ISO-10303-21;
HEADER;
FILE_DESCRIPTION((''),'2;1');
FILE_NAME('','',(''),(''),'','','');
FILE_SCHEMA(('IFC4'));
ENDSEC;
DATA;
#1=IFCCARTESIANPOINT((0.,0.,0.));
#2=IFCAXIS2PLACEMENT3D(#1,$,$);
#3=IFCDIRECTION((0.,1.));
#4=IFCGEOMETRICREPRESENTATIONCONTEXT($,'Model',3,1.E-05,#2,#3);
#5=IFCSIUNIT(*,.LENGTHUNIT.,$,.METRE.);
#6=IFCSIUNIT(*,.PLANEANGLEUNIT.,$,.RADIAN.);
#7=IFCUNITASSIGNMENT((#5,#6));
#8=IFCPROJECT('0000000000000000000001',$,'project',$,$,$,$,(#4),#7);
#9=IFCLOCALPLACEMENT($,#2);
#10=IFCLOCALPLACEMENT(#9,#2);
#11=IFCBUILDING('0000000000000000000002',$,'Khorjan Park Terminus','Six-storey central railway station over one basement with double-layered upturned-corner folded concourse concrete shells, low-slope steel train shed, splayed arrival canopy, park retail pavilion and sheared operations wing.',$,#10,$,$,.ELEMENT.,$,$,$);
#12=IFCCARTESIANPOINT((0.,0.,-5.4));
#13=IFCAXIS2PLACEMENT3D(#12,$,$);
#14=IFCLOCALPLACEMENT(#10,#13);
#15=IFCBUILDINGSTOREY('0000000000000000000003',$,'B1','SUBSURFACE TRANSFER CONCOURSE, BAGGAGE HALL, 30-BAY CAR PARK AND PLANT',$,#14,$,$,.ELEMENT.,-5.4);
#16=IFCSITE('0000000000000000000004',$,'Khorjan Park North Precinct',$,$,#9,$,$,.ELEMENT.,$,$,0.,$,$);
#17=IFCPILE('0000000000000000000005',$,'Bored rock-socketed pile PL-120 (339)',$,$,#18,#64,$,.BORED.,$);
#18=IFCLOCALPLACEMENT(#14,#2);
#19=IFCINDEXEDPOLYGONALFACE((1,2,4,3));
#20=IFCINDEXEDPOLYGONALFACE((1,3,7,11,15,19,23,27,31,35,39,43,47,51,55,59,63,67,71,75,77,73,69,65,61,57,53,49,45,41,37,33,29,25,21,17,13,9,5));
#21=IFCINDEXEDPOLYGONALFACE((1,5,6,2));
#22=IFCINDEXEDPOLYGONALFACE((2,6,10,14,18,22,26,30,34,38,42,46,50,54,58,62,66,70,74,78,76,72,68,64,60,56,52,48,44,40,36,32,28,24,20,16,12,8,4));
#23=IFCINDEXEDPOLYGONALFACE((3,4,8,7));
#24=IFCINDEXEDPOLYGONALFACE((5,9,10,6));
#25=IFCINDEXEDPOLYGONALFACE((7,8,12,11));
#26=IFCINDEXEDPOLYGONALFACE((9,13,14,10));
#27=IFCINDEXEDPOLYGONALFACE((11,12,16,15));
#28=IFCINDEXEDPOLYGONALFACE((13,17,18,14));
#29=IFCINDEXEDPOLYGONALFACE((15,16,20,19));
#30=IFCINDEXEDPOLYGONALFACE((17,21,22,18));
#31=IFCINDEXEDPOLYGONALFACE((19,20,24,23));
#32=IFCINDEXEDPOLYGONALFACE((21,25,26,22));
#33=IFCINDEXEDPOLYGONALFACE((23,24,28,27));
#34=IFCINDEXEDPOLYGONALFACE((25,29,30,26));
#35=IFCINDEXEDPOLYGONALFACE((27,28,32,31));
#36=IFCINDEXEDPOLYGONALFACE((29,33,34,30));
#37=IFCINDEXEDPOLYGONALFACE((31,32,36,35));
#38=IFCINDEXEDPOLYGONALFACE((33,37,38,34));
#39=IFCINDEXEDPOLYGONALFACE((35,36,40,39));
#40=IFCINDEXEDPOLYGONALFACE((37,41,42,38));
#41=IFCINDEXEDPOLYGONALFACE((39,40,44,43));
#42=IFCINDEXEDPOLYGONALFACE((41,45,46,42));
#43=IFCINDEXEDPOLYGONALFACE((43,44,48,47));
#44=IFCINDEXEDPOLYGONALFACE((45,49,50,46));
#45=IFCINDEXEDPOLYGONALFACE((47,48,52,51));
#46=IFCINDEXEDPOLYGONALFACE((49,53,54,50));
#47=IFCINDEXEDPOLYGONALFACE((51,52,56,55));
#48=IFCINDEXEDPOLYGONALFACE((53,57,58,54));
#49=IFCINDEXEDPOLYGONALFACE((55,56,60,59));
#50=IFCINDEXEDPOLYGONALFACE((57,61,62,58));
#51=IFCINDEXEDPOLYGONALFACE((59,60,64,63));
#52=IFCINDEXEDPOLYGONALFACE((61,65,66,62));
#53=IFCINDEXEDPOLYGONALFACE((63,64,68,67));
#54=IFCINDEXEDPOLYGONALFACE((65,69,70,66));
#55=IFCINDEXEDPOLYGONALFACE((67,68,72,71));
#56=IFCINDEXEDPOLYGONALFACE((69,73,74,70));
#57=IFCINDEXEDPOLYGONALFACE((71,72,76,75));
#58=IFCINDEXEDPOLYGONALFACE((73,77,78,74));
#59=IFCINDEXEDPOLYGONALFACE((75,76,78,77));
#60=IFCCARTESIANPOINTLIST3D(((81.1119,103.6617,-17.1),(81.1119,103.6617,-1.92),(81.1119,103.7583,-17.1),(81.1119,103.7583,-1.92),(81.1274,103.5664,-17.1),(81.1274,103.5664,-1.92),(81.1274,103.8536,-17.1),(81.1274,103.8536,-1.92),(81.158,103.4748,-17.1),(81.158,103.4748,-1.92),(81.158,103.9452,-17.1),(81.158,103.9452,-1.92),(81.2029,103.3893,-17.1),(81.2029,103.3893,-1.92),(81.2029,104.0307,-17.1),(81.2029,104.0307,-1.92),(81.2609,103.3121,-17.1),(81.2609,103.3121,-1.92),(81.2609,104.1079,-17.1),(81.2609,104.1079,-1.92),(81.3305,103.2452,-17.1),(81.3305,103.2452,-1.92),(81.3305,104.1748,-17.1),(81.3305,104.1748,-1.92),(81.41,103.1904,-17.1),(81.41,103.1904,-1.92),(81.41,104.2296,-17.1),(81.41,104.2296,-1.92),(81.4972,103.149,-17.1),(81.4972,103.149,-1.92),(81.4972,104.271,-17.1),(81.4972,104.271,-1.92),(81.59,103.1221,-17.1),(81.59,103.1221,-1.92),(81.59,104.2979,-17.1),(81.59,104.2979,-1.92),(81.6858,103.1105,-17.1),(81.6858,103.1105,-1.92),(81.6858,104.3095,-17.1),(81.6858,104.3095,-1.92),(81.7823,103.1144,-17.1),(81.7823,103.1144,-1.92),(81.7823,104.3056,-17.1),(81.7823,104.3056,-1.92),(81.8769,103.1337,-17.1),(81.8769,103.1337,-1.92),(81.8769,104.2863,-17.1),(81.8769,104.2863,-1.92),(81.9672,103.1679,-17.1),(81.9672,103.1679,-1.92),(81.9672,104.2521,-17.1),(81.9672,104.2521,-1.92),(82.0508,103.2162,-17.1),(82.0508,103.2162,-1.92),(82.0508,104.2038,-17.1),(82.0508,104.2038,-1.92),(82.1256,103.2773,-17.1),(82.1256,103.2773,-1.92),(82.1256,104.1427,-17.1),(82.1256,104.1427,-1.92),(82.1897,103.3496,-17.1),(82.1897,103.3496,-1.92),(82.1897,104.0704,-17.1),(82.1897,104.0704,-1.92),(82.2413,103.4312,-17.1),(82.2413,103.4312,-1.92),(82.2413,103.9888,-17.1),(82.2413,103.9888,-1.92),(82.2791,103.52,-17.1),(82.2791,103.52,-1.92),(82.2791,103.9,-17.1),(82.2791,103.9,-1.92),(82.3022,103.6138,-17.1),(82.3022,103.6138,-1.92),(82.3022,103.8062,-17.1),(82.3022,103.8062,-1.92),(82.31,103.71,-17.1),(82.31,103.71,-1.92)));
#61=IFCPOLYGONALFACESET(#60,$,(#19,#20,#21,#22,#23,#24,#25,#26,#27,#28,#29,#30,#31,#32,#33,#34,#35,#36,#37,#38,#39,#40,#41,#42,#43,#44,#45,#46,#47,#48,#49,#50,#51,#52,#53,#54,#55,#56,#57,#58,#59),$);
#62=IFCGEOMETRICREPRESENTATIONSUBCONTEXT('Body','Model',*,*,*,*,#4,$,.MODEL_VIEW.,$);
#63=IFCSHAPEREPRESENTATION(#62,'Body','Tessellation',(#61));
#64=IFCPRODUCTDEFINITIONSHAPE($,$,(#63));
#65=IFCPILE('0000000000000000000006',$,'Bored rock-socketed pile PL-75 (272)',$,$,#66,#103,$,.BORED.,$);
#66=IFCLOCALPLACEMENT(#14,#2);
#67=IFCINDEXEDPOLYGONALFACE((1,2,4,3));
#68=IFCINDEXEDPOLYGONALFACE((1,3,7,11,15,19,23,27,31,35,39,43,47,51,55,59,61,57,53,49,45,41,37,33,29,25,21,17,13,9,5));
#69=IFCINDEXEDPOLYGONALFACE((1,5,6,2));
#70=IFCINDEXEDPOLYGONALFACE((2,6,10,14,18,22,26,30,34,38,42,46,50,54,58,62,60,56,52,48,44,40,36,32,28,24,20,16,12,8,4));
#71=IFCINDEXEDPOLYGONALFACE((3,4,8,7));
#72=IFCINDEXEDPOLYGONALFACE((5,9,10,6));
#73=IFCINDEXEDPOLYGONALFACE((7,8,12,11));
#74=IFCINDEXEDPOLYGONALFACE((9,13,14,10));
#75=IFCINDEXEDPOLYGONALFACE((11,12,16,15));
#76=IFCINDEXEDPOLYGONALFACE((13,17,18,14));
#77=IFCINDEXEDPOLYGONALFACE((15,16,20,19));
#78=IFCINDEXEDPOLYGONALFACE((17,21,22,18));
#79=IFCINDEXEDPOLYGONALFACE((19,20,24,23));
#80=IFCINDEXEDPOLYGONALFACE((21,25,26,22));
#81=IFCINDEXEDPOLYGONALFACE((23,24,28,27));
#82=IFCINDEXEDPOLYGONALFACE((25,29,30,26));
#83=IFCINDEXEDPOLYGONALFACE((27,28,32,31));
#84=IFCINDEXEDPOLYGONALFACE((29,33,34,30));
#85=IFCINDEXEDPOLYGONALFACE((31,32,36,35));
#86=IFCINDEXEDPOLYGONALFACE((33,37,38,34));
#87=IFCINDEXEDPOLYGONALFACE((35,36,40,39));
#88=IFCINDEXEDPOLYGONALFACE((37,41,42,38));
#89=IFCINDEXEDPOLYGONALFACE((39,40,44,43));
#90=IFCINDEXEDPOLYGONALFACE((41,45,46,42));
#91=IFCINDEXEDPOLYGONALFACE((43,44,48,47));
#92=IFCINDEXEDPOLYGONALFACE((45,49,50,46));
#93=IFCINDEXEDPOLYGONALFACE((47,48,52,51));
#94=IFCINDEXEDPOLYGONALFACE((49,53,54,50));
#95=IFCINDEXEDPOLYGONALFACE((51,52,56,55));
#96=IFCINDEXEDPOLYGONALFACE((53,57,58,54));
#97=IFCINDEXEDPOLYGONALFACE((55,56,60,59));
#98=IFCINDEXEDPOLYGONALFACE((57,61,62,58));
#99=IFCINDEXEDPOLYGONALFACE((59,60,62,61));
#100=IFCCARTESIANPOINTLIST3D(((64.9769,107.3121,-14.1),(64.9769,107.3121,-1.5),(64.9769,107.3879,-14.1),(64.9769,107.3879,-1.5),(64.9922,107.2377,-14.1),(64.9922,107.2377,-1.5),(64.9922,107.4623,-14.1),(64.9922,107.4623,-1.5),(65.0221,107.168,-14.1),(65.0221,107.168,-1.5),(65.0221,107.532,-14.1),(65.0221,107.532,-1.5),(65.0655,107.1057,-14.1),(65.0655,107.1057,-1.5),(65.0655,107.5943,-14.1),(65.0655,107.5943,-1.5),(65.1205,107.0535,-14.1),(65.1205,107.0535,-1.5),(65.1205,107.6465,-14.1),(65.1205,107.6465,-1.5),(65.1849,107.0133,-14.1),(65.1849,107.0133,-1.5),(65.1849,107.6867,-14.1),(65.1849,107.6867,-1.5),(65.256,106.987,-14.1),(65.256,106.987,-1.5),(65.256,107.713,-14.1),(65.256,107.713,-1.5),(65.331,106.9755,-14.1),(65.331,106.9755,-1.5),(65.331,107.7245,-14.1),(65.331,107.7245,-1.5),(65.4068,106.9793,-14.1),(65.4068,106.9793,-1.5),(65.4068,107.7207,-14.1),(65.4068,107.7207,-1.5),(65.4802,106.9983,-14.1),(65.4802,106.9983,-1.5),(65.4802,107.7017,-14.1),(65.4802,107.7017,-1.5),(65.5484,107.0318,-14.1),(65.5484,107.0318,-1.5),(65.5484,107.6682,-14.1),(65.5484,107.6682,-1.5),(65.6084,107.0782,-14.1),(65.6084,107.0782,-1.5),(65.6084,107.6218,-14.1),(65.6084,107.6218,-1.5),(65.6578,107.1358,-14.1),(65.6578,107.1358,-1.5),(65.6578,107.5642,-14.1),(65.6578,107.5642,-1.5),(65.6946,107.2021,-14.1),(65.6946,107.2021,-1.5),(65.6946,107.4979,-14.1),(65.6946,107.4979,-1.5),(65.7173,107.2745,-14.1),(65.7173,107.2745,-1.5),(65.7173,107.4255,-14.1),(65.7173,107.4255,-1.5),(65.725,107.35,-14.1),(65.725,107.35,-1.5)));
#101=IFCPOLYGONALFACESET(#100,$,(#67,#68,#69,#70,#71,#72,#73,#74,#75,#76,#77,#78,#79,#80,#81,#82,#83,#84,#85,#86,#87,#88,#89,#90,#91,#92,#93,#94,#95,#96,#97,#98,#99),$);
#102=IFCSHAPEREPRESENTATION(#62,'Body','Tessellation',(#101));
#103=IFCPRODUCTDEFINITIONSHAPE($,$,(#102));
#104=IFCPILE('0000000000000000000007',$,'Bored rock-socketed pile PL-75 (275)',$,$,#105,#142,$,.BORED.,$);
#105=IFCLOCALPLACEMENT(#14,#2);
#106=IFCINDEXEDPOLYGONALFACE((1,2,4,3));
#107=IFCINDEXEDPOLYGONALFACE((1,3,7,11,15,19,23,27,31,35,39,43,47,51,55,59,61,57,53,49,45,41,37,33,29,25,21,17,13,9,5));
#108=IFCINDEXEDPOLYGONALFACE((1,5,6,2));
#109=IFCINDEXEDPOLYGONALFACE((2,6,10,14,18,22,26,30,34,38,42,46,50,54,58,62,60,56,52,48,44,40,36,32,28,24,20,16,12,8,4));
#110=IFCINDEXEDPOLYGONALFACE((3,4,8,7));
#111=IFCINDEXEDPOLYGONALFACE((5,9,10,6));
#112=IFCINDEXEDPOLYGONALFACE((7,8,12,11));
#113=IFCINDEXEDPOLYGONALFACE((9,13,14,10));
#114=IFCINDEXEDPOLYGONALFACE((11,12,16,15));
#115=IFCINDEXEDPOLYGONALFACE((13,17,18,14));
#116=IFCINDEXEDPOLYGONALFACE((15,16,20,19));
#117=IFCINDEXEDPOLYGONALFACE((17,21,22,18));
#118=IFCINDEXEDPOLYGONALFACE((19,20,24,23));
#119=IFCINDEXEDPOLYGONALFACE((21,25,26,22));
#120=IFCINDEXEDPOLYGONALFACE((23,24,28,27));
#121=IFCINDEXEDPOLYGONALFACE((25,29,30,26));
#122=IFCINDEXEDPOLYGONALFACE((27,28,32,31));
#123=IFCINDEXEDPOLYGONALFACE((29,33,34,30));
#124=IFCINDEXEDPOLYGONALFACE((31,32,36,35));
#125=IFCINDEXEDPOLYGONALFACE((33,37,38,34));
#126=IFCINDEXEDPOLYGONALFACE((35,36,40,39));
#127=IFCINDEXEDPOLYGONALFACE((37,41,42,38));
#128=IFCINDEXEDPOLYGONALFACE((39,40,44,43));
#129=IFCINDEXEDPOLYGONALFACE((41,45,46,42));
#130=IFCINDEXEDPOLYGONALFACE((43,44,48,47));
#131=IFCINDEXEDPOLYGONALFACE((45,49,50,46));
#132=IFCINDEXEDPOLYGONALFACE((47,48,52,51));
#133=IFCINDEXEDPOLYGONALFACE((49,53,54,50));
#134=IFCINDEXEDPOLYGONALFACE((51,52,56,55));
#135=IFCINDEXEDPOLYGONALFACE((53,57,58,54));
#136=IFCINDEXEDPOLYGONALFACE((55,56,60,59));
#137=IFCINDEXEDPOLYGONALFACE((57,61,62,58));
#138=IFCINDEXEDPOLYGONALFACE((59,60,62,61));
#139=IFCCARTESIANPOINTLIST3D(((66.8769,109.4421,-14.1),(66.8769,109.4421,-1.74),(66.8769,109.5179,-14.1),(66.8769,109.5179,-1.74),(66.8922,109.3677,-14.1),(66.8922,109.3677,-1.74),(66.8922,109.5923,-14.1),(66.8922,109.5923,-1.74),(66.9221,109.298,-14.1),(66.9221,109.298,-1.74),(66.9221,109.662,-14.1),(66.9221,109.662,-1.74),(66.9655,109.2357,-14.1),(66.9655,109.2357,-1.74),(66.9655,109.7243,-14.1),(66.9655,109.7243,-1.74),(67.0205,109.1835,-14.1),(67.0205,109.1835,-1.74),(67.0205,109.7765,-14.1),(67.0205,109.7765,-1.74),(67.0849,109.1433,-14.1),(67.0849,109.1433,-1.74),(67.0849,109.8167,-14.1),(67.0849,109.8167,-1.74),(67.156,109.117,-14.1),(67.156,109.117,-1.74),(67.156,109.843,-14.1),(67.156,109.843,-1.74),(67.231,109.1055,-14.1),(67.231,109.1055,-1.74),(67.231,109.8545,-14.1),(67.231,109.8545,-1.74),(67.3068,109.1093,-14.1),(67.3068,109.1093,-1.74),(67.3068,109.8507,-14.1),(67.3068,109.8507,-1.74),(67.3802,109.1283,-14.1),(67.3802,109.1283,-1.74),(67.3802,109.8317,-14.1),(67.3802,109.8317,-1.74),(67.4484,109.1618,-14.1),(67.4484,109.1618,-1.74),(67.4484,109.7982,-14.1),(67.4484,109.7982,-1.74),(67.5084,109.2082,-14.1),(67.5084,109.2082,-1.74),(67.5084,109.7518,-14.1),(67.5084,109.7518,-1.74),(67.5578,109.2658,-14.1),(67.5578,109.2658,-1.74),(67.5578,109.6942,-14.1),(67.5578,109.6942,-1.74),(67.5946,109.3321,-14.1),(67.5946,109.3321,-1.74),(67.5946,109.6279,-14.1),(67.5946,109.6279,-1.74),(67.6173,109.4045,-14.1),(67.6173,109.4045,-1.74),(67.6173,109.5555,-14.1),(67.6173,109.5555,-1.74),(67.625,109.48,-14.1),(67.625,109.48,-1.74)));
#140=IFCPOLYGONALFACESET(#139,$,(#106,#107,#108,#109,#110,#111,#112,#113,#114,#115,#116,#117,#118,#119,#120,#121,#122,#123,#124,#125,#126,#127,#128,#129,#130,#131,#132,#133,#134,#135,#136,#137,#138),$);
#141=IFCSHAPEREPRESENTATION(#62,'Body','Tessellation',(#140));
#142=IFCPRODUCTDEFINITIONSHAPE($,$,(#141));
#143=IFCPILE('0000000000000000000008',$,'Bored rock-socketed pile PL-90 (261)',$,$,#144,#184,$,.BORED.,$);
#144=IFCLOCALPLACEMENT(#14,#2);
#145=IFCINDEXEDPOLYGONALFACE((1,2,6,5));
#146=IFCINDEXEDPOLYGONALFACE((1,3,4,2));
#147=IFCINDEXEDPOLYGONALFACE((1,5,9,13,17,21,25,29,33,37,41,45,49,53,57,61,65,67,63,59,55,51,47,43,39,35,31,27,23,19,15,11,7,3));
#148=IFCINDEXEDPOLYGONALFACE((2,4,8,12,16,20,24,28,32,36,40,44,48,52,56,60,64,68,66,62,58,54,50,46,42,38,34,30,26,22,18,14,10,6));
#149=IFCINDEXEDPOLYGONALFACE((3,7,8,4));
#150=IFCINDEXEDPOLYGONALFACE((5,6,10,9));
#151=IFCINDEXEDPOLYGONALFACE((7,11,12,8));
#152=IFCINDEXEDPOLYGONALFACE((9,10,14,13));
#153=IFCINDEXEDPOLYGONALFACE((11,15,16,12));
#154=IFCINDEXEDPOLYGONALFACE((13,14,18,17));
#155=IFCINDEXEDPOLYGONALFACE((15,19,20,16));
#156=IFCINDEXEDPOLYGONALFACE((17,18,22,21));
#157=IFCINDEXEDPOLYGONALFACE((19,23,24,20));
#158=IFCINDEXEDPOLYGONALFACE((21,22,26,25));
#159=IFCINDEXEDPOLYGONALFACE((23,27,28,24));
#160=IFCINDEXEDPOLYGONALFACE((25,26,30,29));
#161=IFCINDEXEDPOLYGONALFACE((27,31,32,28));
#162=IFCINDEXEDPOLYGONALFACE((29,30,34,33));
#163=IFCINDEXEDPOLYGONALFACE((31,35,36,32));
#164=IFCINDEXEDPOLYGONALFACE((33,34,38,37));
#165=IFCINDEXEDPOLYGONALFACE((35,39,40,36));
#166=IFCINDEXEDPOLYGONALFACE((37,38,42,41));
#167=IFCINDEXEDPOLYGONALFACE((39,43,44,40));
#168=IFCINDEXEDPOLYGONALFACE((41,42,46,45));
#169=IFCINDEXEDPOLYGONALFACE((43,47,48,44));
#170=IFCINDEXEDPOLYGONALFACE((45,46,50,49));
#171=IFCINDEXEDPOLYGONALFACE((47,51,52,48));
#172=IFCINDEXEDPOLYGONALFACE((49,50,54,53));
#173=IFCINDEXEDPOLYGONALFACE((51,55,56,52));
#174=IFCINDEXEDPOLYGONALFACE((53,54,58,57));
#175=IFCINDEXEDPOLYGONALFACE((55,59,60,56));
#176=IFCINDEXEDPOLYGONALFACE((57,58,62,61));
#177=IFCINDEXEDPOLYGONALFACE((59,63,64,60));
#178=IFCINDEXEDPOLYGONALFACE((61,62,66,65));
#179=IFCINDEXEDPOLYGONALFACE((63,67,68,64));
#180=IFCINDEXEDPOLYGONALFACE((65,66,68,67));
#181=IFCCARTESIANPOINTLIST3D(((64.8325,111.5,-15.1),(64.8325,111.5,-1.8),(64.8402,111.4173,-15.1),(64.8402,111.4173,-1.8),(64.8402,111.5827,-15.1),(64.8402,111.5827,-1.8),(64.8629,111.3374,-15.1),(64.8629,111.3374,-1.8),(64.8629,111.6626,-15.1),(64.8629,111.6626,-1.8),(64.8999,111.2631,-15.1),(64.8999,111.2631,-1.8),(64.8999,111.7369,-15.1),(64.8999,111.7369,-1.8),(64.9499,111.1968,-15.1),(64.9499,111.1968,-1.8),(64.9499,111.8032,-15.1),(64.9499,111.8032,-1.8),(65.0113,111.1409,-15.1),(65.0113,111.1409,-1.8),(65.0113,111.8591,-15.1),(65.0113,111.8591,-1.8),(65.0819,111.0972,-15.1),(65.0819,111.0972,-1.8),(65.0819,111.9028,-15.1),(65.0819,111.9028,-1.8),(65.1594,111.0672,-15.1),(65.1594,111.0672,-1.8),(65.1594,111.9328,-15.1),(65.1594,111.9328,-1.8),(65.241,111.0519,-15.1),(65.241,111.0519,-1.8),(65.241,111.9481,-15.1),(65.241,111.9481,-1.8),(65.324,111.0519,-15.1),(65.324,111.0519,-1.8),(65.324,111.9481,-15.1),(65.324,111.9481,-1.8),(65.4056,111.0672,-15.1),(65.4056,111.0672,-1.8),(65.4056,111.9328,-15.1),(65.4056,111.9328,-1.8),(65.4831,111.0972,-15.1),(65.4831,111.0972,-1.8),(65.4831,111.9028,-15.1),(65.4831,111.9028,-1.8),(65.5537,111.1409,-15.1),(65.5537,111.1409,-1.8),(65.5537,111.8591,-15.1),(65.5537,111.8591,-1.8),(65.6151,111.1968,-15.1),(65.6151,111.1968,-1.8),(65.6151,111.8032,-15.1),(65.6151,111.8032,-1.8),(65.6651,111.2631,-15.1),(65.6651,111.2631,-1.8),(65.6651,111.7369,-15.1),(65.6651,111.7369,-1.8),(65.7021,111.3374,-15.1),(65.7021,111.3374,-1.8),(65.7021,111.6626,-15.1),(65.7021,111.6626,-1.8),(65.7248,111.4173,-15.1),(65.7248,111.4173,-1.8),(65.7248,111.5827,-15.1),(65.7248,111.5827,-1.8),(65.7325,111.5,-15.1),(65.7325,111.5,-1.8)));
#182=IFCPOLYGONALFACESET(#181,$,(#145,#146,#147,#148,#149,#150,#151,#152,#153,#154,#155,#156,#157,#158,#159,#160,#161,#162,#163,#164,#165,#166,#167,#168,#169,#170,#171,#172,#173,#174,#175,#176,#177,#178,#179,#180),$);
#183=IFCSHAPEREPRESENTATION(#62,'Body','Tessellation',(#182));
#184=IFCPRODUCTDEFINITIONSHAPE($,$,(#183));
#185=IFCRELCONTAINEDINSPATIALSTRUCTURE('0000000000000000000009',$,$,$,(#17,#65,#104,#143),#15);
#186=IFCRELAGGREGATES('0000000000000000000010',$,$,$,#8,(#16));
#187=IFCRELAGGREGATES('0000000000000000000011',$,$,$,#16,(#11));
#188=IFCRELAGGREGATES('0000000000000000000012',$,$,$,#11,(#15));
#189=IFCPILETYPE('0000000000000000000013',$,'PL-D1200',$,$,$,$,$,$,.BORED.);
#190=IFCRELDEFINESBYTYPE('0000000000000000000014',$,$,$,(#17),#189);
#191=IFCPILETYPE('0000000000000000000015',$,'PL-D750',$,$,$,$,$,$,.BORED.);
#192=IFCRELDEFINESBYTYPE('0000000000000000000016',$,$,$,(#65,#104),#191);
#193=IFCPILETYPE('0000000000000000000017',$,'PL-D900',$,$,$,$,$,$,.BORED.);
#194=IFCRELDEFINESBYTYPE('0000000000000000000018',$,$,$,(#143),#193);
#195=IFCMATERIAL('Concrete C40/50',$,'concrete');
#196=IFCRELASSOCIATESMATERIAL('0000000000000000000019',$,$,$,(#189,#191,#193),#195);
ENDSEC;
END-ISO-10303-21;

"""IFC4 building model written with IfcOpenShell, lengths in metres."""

from ifc_helpers import new_model, si_unit, direction, frame, origin, origin_2d, place, context, subcontext, project, spatial, circle, extrude, material, material_profile, profile_set, type_object, element, save


model = new_model("IFC4")

# Units and contexts
model_context = context("Model", 3, precision=1e-05, world=origin(), true_north=direction((0.0, 1.0)))
body_context = subcontext(model_context, "Body", "Model", "MODEL_VIEW")
ifc_project = project(units=[si_unit("LENGTHUNIT", "METRE"), si_unit("PLANEANGLEUNIT", "RADIAN")], contexts=[model_context])

# Site, building, storey
site_placement = place(None, origin())
site = spatial("IfcSite", under=ifc_project, at=site_placement, Name="Khorjan Park North Precinct", CompositionType="ELEMENT", RefElevation=0.0)
building_placement = place(site_placement, origin())
building = spatial("IfcBuilding", under=site, at=building_placement, Name="Khorjan Park Terminus", Description="Six-storey central railway station over one basement with double-layered upturned-corner folded concourse concrete shells, low-slope steel train shed, splayed arrival canopy, park retail pavilion and sheared operations wing.", CompositionType="ELEMENT")
storey_placement = place(building_placement, frame((0.0, 0.0, -5.4)))
storey = spatial("IfcBuildingStorey", under=building, at=storey_placement, Name="B1", Description="SUBSURFACE TRANSFER CONCOURSE, BAGGAGE HALL, 30-BAY CAR PARK AND PLANT", CompositionType="ELEMENT", Elevation=-5.4)

# Shared definitions
ifc_material_1 = material(Name="Concrete C40/50", Category="concrete")

# Piles
ifc_material_profile_1 = material_profile(ifc_material_1, circle(Radius=0.6, at=origin_2d()), Name="BORED D1200")
ifc_profile_set_1 = profile_set([ifc_material_profile_1], Name="Concrete C40/50")
pile_type_1 = type_object("IfcPileType", Name="PL-D1200", PredefinedType="BORED", material=ifc_profile_set_1)
for number, where, z_axis, x_axis, name in (
    (1, (81.71, 103.71, -1.92), (0.0, 0.0, -1.0), (1.0, 0.0, 0.0), "Bored rock-socketed pile PL-120 (339)"),
):
    element("IfcPile", number, at=place(storey_placement, frame(where, z_axis=z_axis, x_axis=x_axis)), inside=storey, type_object=pile_type_1, Name=name, PredefinedType="BORED", context=body_context, shape_type="SweptSolid", body=[
        extrude(circle(Radius=0.6, at=origin_2d()), origin(), (0.0, 0.0, 1.0), 15.18),
    ])
ifc_material_profile_2 = material_profile(ifc_material_1, circle(Radius=0.375, at=origin_2d()), Name="BORED D750")
ifc_profile_set_2 = profile_set([ifc_material_profile_2], Name="Concrete C40/50")
pile_type_2 = type_object("IfcPileType", Name="PL-D750", PredefinedType="BORED", material=ifc_profile_set_2)
pile_1_placement = place(storey_placement, frame((65.35, 107.35, -1.5), z_axis=(0.0, 0.0, -1.0), x_axis=(1.0, 0.0, 0.0)))
element("IfcPile", 2, at=pile_1_placement, inside=storey, type_object=pile_type_2, Name="Bored rock-socketed pile PL-75 (272)", PredefinedType="BORED", context=body_context, shape_type="SweptSolid", body=[
    extrude(circle(Radius=0.375, at=origin_2d()), origin(), (0.0, 0.0, 1.0), 12.6),
])
pile_2_placement = place(storey_placement, frame((67.25, 109.48, -1.74), z_axis=(0.0, 0.0, -1.0), x_axis=(1.0, 0.0, 0.0)))
element("IfcPile", 3, at=pile_2_placement, inside=storey, type_object=pile_type_2, Name="Bored rock-socketed pile PL-75 (275)", PredefinedType="BORED", context=body_context, shape_type="SweptSolid", body=[
    extrude(circle(Radius=0.375, at=origin_2d()), origin(), (0.0, 0.0, 1.0), 12.36),
])
ifc_material_profile_3 = material_profile(ifc_material_1, circle(Radius=0.45, at=origin_2d()), Name="BORED D900")
ifc_profile_set_3 = profile_set([ifc_material_profile_3], Name="Concrete C40/50")
pile_type_3 = type_object("IfcPileType", Name="PL-D900", PredefinedType="BORED", material=ifc_profile_set_3)
pile_3_placement = place(storey_placement, frame((65.2825, 111.5, -1.8), z_axis=(0.0, 0.0, -1.0), x_axis=(1.0, 0.0, 0.0)))
element("IfcPile", 4, at=pile_3_placement, inside=storey, type_object=pile_type_3, Name="Bored rock-socketed pile PL-90 (261)", PredefinedType="BORED", context=body_context, shape_type="SweptSolid", body=[
    extrude(circle(Radius=0.45, at=origin_2d()), origin(), (0.0, 0.0, 1.0), 13.3),
])

save(model, "model.ifc")
